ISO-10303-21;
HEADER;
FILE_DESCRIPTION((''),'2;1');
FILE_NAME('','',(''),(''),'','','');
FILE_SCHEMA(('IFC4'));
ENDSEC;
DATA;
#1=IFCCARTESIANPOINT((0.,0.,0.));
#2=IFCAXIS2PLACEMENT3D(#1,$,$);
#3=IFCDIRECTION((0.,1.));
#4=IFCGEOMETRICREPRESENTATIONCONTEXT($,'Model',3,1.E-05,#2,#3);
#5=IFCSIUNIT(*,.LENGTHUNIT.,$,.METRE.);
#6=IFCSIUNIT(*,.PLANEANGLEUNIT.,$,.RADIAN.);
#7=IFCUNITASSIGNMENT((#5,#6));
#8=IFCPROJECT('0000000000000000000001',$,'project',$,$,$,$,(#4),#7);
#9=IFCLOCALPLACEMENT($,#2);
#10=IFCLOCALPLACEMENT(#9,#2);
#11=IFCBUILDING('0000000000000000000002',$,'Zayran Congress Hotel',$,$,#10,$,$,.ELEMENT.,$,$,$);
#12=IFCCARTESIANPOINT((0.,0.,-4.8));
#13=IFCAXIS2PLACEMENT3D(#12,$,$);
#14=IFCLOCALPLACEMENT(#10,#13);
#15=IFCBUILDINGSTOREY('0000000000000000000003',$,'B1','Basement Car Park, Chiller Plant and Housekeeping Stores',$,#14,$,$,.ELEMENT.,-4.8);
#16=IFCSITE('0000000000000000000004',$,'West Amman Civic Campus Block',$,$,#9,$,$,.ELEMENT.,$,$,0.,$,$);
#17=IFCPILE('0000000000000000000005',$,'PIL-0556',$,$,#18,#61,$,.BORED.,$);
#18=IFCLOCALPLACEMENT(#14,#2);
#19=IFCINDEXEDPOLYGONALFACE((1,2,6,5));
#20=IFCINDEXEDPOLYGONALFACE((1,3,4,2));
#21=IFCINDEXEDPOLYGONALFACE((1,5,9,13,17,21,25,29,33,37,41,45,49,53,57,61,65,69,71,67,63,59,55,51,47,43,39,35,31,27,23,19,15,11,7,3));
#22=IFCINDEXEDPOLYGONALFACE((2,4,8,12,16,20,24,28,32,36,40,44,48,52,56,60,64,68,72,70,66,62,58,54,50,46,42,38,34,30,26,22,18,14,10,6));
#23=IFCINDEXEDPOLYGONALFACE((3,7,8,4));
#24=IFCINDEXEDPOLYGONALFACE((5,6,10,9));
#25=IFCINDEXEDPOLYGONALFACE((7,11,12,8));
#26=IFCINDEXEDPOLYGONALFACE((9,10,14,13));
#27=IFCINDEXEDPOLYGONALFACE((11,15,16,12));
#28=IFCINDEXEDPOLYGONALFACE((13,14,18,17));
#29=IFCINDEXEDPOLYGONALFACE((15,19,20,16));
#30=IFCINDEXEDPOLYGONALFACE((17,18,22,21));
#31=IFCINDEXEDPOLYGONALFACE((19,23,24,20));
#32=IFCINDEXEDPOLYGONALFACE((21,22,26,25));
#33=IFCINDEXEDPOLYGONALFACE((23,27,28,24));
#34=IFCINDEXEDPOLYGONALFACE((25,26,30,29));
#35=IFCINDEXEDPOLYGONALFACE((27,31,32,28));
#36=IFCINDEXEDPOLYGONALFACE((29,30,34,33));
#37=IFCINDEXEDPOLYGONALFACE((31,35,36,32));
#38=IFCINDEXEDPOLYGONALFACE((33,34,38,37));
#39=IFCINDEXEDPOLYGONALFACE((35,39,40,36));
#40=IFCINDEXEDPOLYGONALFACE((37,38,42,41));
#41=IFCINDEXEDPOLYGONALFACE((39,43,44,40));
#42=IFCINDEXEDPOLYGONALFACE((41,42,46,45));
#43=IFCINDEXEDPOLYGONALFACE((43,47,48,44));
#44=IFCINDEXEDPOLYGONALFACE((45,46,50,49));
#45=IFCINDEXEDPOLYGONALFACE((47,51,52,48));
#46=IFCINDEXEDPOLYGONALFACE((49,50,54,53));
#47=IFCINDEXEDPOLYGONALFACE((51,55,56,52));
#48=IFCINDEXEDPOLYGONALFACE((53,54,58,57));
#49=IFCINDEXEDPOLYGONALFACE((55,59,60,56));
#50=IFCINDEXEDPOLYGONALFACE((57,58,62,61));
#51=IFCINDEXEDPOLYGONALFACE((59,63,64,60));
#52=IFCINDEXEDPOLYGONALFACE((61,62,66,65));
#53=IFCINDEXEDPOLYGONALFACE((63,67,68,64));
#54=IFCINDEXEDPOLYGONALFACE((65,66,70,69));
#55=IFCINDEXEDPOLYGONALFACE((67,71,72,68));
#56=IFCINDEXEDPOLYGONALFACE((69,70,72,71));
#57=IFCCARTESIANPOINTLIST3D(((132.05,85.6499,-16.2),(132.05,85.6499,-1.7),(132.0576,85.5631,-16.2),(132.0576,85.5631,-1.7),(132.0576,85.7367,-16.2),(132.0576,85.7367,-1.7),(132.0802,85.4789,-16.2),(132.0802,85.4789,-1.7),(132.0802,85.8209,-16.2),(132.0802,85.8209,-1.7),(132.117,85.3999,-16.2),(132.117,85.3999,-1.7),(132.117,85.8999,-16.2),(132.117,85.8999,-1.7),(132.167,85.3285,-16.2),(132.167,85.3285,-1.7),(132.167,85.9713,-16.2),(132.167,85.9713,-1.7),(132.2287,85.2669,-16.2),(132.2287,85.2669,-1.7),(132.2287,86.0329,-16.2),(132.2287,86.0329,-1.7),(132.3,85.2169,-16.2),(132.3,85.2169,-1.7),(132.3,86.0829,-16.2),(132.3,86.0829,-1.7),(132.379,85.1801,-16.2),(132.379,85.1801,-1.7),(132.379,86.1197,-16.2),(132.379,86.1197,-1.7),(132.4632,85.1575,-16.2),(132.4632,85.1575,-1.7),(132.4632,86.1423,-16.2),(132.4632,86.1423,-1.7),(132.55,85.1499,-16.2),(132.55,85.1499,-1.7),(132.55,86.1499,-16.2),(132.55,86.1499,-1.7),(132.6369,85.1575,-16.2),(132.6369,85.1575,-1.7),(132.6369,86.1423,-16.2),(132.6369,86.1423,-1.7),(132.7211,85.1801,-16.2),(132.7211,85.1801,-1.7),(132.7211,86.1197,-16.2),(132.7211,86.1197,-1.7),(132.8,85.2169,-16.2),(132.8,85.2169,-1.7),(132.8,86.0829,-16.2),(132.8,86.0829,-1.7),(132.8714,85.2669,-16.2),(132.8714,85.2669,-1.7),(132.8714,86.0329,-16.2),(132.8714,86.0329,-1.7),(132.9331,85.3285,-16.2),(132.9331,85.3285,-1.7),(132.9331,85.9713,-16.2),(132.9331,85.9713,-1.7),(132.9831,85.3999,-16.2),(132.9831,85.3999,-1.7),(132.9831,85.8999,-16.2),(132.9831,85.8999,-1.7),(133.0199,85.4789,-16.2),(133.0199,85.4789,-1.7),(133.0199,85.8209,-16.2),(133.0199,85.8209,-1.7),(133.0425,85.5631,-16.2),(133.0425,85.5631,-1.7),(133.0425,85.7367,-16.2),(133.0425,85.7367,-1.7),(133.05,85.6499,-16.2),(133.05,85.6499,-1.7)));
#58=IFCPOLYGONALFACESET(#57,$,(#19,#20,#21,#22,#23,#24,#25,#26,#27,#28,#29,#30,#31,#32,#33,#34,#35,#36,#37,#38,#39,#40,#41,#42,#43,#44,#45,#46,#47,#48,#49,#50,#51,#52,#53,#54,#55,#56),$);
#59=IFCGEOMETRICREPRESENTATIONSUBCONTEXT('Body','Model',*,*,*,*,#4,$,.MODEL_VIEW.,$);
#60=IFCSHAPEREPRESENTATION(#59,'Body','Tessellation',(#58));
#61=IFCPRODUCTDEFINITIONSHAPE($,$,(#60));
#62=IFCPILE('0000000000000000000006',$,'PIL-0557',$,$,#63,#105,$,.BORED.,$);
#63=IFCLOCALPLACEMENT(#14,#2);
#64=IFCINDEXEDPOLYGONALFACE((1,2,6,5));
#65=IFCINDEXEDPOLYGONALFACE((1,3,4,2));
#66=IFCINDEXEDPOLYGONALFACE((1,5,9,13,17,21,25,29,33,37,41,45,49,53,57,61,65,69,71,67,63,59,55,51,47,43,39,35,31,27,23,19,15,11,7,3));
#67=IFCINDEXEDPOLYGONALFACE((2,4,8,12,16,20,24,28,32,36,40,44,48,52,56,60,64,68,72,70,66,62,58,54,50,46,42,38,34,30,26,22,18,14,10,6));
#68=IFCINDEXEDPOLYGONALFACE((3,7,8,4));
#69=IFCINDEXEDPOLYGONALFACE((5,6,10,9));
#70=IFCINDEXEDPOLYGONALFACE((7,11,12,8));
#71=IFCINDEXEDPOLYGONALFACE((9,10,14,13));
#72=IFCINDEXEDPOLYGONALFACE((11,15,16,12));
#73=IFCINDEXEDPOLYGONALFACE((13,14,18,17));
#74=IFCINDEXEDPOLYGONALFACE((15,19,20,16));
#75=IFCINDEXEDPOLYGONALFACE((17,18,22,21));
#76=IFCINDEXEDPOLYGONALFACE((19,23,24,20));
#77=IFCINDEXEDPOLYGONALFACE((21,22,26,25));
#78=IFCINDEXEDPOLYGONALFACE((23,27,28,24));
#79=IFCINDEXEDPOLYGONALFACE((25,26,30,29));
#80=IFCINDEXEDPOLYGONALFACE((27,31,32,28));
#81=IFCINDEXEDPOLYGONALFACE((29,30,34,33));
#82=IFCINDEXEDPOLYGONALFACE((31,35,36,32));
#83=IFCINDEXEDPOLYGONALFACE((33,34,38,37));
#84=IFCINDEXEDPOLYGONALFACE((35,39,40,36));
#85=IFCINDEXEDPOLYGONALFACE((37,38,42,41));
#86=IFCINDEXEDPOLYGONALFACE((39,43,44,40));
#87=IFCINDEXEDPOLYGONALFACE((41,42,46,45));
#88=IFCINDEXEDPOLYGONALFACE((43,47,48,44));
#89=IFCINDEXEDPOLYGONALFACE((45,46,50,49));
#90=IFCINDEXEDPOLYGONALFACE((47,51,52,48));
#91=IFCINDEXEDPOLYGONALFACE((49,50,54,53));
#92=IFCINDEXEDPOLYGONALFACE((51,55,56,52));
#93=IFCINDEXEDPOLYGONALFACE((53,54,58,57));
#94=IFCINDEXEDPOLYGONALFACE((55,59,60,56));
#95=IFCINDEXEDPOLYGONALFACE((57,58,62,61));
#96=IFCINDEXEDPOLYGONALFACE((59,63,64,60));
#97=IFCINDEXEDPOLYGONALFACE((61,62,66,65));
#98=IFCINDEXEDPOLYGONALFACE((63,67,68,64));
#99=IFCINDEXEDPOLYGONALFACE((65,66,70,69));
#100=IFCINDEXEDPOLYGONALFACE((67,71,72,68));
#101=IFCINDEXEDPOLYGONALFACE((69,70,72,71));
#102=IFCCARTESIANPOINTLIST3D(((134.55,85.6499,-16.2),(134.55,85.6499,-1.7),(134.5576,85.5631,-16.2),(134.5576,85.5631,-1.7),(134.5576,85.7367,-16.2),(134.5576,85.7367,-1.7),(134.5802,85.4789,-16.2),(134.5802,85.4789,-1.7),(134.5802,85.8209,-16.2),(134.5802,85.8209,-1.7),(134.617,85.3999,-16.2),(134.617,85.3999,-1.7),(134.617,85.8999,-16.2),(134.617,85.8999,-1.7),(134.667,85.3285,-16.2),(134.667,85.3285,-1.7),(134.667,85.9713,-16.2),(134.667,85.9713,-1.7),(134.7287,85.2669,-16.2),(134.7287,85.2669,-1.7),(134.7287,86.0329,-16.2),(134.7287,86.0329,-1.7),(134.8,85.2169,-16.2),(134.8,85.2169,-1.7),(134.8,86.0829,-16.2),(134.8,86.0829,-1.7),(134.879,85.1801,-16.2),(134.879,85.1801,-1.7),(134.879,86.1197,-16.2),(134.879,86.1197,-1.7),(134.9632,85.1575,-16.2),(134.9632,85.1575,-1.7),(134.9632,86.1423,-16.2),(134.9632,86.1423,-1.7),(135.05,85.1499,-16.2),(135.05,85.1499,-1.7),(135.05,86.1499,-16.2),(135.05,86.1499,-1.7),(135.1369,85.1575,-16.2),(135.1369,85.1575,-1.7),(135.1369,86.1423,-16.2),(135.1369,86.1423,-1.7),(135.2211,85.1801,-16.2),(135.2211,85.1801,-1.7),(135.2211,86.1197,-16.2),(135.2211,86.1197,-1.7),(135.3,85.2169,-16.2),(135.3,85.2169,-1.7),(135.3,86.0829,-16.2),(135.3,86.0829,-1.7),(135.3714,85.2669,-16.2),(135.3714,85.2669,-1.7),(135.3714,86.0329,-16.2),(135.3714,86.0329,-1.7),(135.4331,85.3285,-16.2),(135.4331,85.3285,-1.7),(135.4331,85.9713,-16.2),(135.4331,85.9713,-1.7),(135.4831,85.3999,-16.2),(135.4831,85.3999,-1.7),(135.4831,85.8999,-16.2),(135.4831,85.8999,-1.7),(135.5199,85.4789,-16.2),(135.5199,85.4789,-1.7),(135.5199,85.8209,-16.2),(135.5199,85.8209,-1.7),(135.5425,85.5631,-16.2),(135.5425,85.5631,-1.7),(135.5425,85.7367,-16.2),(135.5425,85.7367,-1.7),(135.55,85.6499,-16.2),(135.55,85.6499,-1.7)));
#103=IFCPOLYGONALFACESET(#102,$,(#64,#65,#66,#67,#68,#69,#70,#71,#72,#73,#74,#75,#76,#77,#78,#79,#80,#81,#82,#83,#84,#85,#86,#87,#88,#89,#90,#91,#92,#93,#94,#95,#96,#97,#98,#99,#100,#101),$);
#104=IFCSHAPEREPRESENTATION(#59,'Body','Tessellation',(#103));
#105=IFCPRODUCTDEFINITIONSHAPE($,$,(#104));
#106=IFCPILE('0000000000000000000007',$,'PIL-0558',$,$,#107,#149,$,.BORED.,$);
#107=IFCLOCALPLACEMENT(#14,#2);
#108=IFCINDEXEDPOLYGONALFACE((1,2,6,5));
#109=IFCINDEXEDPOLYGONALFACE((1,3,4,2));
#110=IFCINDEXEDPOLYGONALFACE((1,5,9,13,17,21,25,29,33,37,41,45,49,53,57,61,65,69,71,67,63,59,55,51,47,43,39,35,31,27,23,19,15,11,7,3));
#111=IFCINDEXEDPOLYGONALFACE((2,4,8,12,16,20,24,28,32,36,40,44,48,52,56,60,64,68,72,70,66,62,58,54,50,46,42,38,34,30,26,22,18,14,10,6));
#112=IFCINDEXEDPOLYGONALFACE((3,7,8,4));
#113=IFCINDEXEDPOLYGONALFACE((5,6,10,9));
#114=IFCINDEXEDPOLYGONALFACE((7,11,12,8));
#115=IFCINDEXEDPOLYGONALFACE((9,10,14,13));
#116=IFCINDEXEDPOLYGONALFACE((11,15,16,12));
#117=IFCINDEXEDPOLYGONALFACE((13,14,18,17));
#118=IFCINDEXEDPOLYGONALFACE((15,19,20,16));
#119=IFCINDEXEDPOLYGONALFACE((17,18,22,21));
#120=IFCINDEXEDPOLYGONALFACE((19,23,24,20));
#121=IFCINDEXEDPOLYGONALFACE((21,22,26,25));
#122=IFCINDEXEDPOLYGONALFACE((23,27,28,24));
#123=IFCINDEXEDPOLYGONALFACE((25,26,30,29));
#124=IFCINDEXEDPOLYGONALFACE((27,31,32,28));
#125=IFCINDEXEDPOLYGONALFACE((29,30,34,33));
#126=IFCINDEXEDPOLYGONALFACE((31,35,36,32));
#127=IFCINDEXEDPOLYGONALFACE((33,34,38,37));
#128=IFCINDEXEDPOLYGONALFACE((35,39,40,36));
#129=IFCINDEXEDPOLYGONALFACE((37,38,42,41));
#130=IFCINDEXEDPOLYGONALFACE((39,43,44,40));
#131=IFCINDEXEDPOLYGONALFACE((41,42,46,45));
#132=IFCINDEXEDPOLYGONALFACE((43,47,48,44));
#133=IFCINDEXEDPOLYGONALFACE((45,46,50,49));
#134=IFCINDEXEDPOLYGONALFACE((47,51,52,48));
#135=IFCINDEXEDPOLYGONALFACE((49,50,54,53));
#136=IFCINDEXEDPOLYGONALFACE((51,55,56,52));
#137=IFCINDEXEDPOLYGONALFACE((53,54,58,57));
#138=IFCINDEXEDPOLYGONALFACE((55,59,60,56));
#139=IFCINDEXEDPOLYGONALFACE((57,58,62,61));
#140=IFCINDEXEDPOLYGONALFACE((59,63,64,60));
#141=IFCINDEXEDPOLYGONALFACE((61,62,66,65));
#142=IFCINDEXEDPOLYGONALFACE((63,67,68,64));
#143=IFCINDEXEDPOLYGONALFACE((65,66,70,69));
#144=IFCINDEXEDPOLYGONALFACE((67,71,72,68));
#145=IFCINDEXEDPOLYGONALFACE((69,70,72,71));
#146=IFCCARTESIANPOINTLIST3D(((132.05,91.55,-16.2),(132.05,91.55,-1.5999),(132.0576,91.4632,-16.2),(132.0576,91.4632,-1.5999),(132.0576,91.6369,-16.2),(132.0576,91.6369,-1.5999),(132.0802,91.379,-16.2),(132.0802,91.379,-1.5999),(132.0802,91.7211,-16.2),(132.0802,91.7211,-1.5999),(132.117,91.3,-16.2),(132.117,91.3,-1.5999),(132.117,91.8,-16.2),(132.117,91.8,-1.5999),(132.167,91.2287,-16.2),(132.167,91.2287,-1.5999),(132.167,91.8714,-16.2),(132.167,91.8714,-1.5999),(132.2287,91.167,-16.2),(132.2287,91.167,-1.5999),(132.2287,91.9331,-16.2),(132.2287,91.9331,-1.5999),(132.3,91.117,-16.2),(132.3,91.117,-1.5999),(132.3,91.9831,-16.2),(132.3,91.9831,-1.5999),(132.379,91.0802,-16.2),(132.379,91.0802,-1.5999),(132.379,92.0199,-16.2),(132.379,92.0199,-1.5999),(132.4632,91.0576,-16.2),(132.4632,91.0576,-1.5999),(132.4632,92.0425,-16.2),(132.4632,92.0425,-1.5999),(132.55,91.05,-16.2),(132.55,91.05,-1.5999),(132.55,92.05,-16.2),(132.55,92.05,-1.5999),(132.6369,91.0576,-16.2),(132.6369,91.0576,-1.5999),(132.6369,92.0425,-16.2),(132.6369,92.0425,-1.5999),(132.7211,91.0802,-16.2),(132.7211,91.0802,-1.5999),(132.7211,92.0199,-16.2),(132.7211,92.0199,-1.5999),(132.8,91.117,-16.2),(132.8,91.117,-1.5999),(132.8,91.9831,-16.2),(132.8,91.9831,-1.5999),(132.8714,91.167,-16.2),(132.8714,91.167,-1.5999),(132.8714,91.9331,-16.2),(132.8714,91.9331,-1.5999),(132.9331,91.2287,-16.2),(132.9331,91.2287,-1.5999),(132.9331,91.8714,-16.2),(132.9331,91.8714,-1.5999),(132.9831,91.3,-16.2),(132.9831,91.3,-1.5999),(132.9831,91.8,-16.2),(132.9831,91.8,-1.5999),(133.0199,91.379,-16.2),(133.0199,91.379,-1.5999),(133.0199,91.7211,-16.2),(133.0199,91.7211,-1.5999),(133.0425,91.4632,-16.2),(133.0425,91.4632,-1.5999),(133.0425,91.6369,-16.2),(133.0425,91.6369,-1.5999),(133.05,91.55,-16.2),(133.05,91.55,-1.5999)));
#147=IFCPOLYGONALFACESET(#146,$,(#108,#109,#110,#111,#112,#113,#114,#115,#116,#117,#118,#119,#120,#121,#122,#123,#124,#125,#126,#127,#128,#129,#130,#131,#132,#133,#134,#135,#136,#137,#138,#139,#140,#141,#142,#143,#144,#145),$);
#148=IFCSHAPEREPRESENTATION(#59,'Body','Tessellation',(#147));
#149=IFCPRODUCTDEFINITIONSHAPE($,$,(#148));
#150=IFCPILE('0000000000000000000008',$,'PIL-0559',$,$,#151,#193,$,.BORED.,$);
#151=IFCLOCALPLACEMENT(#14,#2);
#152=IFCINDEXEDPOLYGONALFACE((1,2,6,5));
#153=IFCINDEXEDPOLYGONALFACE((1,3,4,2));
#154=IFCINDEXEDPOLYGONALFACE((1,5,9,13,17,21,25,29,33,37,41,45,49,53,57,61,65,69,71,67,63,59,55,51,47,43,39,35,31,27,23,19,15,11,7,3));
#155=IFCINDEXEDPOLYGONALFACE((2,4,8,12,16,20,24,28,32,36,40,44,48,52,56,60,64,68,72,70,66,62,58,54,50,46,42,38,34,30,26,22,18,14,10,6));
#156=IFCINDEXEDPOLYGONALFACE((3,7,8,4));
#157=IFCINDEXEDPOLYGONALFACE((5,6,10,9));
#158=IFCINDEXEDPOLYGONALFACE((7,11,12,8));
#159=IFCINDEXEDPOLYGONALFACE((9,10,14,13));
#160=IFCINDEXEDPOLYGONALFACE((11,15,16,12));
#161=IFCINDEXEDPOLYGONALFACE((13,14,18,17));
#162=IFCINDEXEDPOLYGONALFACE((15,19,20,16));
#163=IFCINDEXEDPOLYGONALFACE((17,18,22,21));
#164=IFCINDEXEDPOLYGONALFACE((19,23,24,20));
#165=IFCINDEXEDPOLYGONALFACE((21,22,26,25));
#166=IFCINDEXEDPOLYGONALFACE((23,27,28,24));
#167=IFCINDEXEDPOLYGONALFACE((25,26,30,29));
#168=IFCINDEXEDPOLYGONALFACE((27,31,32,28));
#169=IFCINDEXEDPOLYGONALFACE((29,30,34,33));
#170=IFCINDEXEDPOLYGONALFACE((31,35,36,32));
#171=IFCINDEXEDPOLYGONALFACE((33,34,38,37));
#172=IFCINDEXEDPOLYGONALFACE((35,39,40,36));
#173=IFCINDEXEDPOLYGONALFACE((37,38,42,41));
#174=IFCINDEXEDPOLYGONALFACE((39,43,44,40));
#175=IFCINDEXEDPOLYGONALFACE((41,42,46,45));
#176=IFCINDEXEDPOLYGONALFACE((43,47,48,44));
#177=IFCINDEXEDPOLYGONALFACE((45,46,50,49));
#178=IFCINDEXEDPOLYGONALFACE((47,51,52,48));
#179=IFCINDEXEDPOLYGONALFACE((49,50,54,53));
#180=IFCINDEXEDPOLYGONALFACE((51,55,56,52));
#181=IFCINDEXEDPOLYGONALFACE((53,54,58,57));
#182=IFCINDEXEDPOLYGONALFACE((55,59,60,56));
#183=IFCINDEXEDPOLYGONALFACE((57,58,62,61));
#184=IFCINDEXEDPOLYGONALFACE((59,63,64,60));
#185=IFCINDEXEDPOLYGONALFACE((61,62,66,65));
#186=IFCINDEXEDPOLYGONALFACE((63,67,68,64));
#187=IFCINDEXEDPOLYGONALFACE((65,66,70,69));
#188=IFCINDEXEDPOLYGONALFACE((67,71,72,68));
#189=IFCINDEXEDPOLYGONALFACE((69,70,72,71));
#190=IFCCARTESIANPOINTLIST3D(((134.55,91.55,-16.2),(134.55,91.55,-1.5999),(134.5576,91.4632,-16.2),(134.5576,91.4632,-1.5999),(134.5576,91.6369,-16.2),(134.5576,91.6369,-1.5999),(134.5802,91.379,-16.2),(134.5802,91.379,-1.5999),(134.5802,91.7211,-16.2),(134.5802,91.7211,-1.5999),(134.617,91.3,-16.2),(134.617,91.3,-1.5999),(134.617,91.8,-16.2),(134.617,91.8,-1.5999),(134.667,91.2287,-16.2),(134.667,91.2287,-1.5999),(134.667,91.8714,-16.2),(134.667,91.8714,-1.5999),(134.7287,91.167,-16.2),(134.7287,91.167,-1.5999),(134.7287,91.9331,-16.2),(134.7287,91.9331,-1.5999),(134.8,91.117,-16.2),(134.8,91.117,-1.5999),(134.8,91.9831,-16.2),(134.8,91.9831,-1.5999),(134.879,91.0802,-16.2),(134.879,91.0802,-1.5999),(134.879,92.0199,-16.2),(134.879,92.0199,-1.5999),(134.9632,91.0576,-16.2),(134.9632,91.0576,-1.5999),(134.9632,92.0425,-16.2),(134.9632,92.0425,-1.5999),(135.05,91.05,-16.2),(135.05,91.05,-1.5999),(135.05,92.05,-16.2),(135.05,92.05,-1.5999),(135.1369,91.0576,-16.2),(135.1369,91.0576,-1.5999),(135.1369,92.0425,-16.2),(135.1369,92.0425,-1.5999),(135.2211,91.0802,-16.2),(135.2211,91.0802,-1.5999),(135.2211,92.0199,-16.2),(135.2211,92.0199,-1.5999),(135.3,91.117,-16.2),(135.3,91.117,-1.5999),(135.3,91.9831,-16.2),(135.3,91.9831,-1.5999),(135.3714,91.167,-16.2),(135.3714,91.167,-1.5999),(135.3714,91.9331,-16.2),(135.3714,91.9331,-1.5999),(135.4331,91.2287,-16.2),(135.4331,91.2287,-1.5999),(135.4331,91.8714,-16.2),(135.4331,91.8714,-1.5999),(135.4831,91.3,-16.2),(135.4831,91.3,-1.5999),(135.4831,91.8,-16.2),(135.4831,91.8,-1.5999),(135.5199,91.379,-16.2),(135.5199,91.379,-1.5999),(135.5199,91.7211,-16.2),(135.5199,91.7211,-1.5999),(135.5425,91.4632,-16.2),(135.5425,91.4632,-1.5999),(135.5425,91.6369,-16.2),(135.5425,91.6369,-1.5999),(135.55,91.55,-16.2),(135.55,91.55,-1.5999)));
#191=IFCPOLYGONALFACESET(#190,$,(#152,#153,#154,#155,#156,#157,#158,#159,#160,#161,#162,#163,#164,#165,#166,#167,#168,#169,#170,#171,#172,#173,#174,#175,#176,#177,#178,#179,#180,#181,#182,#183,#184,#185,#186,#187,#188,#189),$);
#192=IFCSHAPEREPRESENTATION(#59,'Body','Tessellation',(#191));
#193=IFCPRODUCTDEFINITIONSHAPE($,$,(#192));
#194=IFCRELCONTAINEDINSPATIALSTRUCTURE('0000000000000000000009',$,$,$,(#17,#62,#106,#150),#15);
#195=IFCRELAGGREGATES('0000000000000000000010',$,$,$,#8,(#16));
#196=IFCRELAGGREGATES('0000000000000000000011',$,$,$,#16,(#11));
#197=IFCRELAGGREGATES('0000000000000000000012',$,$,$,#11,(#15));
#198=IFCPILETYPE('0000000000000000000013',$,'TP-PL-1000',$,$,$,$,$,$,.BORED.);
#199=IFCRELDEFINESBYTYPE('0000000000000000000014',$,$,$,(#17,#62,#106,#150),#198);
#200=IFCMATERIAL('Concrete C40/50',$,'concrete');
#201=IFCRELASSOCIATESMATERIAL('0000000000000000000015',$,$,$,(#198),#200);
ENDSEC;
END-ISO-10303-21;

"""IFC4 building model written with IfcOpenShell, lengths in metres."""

from ifc_helpers import new_model, si_unit, direction, frame, origin, origin_2d, place, context, subcontext, project, spatial, circle, extrude, material, material_profile, profile_set, type_object, element, save


model = new_model("IFC4")

# Units and contexts
model_context = context("Model", 3, precision=1e-05, world=origin(), true_north=direction((0.0, 1.0)))
body_context = subcontext(model_context, "Body", "Model", "MODEL_VIEW")
ifc_project = project(units=[si_unit("LENGTHUNIT", "METRE"), si_unit("PLANEANGLEUNIT", "RADIAN")], contexts=[model_context])

# Site, building, storey
site_placement = place(None, origin())
site = spatial("IfcSite", under=ifc_project, at=site_placement, Name="West Amman Civic Campus Block", CompositionType="ELEMENT", RefElevation=0.0)
building_placement = place(site_placement, origin())
building = spatial("IfcBuilding", under=site, at=building_placement, Name="Zayran Congress Hotel", CompositionType="ELEMENT")
storey_placement = place(building_placement, frame((0.0, 0.0, -4.8)))
storey = spatial("IfcBuildingStorey", under=building, at=storey_placement, Name="B1", Description="Basement Car Park, Chiller Plant and Housekeeping Stores", CompositionType="ELEMENT", Elevation=-4.8)

# Piles
ifc_material_1 = material(Name="Concrete C40/50", Category="concrete")
ifc_material_profile_1 = material_profile(ifc_material_1, circle(Radius=0.5, at=origin_2d()), Name="PILE D1000")
ifc_profile_set_1 = profile_set([ifc_material_profile_1], Name="Concrete C40/50")
pile_type = type_object("IfcPileType", Name="TP-PL-1000", PredefinedType="BORED", material=ifc_profile_set_1)
for number, where, z_axis, x_axis, name in (
    (1, (132.55, 85.6499, -1.7), (0.0, 0.0, -1.0), (1.0, 0.0, 0.0), "PIL-0556"),
    (2, (135.05, 85.6499, -1.7), (0.0, 0.0, -1.0), (1.0, 0.0, 0.0), "PIL-0557"),
):
    element("IfcPile", number, at=place(storey_placement, frame(where, z_axis=z_axis, x_axis=x_axis)), inside=storey, type_object=pile_type, Name=name, PredefinedType="BORED", context=body_context, shape_type="SweptSolid", body=[
        extrude(circle(Radius=0.5, at=origin_2d()), origin(), (0.0, 0.0, 1.0), 14.5),
    ])
for number, where, z_axis, x_axis, name in (
    (3, (132.55, 91.55, -1.5999), (0.0, 0.0, -1.0), (1.0, 0.0, 0.0), "PIL-0558"),
    (4, (135.05, 91.55, -1.5999), (0.0, 0.0, -1.0), (1.0, 0.0, 0.0), "PIL-0559"),
):
    element("IfcPile", number, at=place(storey_placement, frame(where, z_axis=z_axis, x_axis=x_axis)), inside=storey, type_object=pile_type, Name=name, PredefinedType="BORED", context=body_context, shape_type="SweptSolid", body=[
        extrude(circle(Radius=0.5, at=origin_2d()), origin(), (0.0, 0.0, 1.0), 14.6001),
    ])

save(model, "model.ifc")
